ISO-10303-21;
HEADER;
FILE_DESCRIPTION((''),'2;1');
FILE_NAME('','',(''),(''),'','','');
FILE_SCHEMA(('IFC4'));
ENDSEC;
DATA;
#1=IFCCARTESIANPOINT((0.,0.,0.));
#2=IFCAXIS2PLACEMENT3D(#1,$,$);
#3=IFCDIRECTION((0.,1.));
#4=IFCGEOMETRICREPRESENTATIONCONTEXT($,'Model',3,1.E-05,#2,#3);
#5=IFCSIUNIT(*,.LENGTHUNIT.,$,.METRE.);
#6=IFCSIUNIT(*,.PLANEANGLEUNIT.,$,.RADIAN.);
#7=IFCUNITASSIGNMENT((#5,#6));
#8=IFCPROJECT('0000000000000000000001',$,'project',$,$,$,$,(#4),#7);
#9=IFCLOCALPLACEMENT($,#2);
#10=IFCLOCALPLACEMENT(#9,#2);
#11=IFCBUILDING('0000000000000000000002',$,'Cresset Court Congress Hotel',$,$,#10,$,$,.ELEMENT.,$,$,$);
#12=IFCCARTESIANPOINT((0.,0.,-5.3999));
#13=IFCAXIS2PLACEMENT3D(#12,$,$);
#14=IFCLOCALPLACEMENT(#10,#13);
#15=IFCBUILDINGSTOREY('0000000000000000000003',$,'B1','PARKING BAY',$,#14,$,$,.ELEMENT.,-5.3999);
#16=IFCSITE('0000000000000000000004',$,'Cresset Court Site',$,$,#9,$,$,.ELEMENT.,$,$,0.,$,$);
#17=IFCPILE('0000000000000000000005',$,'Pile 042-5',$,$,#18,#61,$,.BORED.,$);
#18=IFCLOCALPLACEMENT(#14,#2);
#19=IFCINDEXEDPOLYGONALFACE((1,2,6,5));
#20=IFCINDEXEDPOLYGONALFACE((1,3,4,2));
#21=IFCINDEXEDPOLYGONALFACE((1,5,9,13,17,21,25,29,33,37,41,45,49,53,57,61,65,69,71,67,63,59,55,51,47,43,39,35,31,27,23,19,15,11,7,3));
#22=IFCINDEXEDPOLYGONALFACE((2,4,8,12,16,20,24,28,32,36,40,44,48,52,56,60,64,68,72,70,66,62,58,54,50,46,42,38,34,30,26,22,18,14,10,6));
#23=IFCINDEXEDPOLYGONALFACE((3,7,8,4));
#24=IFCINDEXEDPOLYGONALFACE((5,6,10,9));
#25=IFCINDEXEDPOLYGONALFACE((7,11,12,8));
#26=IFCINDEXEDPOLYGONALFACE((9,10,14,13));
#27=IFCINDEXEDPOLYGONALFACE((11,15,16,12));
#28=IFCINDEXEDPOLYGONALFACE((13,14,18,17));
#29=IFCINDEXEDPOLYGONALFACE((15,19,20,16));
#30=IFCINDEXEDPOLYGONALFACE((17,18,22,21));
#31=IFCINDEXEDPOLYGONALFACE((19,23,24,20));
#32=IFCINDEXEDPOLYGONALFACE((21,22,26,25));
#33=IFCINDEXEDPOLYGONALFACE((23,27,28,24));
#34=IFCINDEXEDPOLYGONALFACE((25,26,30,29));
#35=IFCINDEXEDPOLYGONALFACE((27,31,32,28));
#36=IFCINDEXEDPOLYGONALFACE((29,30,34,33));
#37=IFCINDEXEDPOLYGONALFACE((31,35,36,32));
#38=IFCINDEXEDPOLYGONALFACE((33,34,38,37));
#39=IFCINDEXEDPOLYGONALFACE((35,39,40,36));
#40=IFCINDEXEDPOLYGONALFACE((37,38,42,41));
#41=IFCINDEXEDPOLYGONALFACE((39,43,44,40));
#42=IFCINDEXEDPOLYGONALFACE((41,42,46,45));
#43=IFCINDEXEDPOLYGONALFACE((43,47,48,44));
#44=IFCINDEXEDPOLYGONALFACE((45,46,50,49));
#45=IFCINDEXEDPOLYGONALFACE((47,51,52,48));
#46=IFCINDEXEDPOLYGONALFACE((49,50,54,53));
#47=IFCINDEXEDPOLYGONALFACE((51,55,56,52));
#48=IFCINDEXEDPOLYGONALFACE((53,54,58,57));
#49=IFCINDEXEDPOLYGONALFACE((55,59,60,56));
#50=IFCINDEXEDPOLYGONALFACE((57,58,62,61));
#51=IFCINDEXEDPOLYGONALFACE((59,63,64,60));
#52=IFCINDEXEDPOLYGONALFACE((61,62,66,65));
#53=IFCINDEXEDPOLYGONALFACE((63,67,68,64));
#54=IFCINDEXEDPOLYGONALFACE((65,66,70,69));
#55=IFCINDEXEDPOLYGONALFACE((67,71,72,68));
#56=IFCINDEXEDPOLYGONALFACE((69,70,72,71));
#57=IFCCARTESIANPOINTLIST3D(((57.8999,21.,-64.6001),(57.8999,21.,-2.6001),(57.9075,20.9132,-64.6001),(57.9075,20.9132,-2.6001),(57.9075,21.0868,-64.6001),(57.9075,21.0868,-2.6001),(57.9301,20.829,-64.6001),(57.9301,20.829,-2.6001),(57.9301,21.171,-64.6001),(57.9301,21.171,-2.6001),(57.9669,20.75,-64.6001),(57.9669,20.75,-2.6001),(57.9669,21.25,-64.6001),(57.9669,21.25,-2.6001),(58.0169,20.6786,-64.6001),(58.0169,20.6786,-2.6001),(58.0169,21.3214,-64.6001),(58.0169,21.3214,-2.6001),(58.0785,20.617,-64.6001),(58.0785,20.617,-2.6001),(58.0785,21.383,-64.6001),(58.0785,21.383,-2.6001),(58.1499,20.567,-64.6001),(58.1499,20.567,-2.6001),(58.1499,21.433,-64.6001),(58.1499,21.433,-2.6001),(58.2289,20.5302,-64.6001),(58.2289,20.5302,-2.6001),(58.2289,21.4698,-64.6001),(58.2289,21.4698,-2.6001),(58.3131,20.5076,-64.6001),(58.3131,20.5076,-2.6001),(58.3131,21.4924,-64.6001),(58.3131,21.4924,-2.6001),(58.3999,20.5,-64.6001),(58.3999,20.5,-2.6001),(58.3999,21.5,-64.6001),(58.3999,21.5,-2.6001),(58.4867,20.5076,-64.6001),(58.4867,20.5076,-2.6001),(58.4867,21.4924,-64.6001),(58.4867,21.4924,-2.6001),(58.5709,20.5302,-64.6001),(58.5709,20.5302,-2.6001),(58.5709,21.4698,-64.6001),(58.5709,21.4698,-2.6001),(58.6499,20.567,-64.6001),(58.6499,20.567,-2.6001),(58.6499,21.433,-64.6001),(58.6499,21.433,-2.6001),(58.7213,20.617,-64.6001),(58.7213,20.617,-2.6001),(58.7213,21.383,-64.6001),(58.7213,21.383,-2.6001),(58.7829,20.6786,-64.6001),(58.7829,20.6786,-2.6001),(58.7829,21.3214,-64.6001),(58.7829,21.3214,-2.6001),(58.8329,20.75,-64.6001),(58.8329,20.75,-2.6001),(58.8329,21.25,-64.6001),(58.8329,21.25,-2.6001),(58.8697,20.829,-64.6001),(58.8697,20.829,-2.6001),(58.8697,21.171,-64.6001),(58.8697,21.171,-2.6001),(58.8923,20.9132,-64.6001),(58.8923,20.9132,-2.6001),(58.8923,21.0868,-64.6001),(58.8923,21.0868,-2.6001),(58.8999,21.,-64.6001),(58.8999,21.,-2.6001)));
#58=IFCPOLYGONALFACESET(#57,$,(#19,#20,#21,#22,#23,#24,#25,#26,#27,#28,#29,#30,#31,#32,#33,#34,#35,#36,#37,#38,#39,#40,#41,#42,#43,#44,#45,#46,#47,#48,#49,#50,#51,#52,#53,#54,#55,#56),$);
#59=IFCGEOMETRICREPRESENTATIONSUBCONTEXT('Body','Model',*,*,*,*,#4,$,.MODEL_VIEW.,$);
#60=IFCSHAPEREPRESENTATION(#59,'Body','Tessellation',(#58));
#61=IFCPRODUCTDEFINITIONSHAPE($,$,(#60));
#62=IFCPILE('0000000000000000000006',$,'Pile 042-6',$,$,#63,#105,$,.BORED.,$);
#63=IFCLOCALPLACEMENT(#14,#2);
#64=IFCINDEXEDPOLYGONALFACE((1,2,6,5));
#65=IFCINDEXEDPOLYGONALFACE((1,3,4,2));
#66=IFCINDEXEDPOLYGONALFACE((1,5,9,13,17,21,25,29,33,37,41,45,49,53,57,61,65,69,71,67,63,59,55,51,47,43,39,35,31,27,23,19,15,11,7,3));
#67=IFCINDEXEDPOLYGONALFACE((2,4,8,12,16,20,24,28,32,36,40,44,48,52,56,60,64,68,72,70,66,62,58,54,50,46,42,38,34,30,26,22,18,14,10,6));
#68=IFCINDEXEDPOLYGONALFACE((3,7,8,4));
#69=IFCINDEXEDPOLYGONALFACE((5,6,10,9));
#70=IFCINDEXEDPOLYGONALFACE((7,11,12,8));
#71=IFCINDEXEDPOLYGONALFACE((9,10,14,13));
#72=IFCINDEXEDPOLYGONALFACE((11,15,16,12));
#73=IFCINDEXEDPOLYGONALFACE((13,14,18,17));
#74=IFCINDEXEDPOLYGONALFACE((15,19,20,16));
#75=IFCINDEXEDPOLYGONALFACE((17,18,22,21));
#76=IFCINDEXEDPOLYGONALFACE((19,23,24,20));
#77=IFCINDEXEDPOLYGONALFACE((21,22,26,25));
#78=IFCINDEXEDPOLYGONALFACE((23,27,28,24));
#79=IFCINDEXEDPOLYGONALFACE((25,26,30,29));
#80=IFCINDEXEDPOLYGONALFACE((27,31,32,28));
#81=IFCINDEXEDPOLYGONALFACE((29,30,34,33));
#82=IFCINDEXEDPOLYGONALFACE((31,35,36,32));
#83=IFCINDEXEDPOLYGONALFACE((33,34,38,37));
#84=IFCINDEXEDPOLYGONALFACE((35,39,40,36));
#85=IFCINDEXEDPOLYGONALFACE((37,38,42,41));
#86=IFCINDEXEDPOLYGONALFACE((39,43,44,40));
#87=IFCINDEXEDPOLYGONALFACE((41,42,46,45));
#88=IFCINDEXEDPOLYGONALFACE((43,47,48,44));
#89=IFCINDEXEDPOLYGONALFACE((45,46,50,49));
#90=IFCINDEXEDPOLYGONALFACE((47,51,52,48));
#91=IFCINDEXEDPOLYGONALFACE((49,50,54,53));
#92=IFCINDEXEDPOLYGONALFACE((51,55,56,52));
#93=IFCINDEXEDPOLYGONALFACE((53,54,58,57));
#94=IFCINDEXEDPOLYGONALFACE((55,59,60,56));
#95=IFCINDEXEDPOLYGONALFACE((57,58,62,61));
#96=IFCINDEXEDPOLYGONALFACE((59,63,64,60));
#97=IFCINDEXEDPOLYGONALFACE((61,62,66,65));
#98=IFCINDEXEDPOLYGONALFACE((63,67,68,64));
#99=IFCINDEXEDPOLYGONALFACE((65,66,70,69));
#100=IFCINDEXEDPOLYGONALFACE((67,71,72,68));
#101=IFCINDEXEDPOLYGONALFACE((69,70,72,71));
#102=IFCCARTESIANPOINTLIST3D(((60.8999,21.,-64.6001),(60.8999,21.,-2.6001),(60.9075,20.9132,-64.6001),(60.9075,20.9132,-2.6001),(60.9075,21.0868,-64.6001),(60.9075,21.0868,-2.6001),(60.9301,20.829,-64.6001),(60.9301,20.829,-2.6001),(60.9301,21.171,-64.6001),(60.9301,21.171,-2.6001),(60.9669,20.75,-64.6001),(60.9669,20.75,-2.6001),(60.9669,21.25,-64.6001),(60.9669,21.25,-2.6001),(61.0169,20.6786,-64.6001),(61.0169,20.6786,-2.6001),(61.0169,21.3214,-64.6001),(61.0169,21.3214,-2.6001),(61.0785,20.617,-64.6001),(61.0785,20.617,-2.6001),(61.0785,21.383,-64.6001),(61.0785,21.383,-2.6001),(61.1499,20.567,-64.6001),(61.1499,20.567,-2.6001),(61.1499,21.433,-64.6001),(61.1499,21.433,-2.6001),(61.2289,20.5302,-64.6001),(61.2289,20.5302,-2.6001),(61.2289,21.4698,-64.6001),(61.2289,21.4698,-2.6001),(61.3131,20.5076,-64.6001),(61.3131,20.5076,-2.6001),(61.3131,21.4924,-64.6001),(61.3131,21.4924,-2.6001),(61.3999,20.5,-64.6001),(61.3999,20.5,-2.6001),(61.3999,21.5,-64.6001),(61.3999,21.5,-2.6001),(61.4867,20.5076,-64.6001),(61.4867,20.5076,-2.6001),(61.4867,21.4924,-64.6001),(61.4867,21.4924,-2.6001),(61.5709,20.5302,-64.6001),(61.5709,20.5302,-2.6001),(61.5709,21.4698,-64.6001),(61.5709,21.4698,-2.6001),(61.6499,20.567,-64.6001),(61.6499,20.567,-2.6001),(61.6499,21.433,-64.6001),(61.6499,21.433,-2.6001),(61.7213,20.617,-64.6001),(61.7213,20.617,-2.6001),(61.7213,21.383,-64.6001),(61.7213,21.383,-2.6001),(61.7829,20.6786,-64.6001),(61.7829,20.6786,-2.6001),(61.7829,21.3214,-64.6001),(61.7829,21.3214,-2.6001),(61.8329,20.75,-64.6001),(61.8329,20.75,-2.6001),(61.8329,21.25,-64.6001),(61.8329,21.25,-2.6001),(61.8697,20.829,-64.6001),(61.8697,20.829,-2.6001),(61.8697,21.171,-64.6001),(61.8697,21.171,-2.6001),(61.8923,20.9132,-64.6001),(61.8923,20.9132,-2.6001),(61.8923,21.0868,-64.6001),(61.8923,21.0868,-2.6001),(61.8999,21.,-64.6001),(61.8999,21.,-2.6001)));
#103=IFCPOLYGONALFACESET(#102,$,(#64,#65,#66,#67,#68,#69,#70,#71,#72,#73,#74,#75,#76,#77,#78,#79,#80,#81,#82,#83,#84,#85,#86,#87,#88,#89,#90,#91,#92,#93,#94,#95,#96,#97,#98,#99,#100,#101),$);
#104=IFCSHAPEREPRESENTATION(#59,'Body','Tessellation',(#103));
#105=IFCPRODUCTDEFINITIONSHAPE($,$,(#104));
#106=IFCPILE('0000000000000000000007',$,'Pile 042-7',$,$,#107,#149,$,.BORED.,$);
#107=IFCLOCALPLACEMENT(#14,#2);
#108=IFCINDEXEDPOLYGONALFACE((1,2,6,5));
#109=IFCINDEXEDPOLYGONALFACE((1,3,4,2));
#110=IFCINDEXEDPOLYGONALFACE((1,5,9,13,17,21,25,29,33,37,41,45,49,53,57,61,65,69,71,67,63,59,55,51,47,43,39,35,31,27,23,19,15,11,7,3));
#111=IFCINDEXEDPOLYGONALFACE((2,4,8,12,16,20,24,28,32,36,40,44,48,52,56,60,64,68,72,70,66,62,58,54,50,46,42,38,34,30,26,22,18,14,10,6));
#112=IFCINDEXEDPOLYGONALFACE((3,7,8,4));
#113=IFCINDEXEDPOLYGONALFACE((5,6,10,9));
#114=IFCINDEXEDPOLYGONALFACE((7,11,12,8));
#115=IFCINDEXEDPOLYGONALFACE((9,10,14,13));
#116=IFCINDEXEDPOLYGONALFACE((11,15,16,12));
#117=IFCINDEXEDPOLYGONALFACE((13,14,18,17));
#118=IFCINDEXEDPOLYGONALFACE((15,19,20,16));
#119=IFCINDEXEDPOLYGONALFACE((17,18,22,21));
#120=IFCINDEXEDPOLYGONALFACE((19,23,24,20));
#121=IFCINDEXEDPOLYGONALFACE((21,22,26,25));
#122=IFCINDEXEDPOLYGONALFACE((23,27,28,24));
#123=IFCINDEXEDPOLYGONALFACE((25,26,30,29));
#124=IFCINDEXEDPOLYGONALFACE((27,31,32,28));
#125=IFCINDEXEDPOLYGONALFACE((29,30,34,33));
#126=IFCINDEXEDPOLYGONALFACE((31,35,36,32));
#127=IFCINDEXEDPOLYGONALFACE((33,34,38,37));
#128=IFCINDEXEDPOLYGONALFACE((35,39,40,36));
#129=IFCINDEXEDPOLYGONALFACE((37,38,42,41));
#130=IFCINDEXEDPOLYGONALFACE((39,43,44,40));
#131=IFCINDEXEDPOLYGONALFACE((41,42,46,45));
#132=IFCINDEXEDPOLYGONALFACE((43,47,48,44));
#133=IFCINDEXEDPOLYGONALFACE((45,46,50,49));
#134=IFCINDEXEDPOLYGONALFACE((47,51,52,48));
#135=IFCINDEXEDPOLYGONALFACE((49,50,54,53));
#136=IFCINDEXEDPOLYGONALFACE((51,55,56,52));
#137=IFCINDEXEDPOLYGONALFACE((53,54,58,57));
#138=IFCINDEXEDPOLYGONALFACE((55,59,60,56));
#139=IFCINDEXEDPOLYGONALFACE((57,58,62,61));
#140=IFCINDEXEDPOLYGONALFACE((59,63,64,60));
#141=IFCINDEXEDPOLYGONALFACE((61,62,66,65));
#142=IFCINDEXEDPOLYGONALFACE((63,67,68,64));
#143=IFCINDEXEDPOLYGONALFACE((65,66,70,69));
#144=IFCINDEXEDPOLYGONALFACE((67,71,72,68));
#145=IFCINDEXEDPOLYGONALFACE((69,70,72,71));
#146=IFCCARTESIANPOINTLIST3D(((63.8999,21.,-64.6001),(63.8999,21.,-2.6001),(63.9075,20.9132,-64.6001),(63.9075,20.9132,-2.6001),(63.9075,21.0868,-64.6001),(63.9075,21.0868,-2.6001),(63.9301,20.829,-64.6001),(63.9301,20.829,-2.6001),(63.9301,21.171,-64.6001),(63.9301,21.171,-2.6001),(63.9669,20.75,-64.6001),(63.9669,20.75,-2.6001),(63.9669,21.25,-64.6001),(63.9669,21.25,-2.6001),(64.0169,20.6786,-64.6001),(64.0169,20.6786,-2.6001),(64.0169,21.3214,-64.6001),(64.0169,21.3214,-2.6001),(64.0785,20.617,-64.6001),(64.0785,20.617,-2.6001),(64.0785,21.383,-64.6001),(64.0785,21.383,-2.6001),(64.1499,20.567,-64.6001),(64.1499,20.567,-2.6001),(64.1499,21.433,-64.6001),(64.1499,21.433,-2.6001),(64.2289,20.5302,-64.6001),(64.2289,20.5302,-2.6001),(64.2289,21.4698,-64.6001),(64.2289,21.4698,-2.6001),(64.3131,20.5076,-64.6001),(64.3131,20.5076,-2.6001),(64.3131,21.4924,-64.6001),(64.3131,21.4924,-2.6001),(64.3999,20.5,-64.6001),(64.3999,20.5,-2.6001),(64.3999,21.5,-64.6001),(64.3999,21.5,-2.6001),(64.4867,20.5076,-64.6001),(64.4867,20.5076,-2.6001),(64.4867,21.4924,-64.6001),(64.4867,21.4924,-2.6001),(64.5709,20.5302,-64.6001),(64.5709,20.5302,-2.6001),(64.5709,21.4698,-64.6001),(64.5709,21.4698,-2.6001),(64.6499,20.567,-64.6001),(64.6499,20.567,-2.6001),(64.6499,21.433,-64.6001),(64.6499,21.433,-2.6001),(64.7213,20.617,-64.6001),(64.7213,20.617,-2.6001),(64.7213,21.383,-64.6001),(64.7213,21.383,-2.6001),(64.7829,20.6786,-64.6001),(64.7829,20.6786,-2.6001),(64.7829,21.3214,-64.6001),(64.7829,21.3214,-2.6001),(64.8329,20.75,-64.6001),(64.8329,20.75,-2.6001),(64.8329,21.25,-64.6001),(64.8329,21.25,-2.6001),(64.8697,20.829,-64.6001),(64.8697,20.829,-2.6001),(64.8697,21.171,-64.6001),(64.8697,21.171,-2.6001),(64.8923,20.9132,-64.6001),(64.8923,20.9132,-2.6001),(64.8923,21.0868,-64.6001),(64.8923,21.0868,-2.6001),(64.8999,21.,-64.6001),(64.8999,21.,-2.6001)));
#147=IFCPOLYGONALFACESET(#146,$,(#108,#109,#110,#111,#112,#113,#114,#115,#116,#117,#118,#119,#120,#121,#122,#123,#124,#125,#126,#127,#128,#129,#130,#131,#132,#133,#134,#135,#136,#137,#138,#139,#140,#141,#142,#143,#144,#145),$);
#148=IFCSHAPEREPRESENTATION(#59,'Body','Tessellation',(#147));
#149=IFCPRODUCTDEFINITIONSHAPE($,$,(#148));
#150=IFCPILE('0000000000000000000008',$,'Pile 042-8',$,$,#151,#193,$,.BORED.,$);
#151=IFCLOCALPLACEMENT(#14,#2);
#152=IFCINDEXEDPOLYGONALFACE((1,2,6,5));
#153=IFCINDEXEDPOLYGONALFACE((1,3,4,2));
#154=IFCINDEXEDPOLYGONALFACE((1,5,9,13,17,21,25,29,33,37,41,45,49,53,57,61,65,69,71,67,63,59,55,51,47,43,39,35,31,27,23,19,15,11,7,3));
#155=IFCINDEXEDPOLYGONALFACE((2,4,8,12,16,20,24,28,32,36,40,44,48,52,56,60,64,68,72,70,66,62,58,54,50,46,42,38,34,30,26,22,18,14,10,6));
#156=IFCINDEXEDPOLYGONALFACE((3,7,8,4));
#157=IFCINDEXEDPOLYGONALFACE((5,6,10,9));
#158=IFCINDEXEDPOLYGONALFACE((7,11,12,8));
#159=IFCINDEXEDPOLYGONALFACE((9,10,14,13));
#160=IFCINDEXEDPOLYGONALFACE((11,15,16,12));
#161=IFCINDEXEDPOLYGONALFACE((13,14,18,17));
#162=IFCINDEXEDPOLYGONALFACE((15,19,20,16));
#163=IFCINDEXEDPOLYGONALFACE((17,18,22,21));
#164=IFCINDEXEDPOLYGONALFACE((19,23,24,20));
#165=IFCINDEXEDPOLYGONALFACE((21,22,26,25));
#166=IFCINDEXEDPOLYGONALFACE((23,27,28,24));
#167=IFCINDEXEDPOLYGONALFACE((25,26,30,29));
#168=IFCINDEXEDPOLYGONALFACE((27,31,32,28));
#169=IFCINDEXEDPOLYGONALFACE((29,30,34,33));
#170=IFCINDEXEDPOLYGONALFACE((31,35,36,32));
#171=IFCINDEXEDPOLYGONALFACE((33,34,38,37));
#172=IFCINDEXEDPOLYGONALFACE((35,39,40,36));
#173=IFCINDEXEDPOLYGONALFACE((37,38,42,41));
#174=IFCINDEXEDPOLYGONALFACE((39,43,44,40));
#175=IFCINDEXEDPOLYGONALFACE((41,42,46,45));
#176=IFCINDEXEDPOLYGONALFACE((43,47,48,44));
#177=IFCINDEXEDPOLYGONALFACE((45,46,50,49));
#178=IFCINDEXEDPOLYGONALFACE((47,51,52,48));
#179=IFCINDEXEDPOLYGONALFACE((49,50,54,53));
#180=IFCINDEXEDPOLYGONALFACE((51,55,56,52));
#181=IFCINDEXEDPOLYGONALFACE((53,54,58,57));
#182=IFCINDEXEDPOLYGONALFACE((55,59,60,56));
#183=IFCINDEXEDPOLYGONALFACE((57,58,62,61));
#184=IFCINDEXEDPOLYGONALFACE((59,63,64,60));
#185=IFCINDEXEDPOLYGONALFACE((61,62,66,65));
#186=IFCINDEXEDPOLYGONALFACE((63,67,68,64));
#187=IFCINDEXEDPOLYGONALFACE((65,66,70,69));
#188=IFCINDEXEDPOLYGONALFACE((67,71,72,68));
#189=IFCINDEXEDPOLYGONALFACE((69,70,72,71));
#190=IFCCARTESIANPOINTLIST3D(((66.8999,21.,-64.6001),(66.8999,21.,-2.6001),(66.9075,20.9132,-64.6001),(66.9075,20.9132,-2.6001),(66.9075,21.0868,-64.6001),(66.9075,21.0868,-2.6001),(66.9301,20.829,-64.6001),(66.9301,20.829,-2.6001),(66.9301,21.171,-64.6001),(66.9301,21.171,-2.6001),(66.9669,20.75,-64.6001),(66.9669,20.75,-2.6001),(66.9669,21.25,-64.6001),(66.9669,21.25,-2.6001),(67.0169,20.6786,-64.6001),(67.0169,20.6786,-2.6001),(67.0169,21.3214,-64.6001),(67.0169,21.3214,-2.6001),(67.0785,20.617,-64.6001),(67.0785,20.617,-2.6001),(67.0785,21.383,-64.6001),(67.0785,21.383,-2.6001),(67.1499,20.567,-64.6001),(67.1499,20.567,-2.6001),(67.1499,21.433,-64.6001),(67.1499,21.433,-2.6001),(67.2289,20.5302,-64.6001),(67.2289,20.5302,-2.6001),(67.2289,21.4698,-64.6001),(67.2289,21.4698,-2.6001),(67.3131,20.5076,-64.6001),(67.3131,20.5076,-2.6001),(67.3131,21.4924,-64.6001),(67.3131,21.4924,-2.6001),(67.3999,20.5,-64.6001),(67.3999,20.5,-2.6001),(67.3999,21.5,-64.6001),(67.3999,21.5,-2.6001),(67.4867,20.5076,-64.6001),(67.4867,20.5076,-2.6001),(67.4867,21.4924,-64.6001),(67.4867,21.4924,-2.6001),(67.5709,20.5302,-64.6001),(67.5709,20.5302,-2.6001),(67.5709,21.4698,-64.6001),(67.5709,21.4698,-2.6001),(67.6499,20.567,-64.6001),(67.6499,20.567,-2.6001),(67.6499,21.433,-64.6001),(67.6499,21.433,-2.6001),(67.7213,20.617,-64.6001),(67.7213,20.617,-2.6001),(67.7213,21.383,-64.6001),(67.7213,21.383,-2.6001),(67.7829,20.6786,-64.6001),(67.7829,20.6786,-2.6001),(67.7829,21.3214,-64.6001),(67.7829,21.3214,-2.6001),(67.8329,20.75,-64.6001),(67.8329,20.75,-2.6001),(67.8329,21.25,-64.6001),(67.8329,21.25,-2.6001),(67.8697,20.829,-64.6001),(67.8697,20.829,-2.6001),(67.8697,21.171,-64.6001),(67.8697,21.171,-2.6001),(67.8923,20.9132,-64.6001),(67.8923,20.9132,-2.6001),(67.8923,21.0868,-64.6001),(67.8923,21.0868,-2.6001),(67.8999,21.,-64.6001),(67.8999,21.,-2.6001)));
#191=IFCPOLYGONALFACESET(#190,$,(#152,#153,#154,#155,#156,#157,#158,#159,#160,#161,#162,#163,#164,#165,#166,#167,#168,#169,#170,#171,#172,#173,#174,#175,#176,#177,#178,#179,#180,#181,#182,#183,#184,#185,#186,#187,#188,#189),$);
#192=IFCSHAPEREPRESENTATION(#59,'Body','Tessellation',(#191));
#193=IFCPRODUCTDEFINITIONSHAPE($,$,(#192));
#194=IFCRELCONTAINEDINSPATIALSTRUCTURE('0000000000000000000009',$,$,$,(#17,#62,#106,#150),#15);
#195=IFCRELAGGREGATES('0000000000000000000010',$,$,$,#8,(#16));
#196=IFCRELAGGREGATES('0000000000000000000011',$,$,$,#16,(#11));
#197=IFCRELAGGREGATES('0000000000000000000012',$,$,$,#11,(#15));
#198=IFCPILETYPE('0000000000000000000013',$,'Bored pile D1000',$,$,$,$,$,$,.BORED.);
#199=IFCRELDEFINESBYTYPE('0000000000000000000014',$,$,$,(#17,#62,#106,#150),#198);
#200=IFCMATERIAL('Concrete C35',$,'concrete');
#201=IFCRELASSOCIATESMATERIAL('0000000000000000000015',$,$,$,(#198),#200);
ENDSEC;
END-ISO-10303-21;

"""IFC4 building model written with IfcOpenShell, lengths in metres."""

from ifc_helpers import new_model, si_unit, direction, frame, origin, origin_2d, place, context, subcontext, project, spatial, circle, extrude, material, type_object, element, save


model = new_model("IFC4")

# Units and contexts
model_context = context("Model", 3, precision=1e-05, world=origin(), true_north=direction((0.0, 1.0)))
body_context = subcontext(model_context, "Body", "Model", "MODEL_VIEW")
ifc_project = project(units=[si_unit("LENGTHUNIT", "METRE"), si_unit("PLANEANGLEUNIT", "RADIAN")], contexts=[model_context])

# Site, building, storey
site_placement = place(None, origin())
site = spatial("IfcSite", under=ifc_project, at=site_placement, Name="Cresset Court Site", CompositionType="ELEMENT", RefElevation=0.0)
building_placement = place(site_placement, origin())
building = spatial("IfcBuilding", under=site, at=building_placement, Name="Cresset Court Congress Hotel", CompositionType="ELEMENT")
storey_placement = place(building_placement, frame((0.0, 0.0, -5.3999)))
storey = spatial("IfcBuildingStorey", under=building, at=storey_placement, Name="B1", Description="PARKING BAY", CompositionType="ELEMENT", Elevation=-5.3999)

# Piles
ifc_material_1 = material(Name="Concrete C35", Category="concrete")
pile_type = type_object("IfcPileType", Name="Bored pile D1000", PredefinedType="BORED", material=ifc_material_1)
for number, where, z_axis, x_axis, name in (
    (1, (58.3999, 21.0, -2.6001), (0.0, 0.0, -1.0), (1.0, 0.0, 0.0), "Pile 042-5"),
    (2, (61.3999, 21.0, -2.6001), (0.0, 0.0, -1.0), (1.0, 0.0, 0.0), "Pile 042-6"),
    (3, (64.3999, 21.0, -2.6001), (0.0, 0.0, -1.0), (1.0, 0.0, 0.0), "Pile 042-7"),
    (4, (67.3999, 21.0, -2.6001), (0.0, 0.0, -1.0), (1.0, 0.0, 0.0), "Pile 042-8"),
):
    element("IfcPile", number, at=place(storey_placement, frame(where, z_axis=z_axis, x_axis=x_axis)), inside=storey, type_object=pile_type, Name=name, PredefinedType="BORED", context=body_context, shape_type="SweptSolid", body=[
        extrude(circle(Radius=0.5, at=origin_2d()), origin(), (0.0, 0.0, 1.0), 62.0),
    ])

save(model, "model.ifc")
